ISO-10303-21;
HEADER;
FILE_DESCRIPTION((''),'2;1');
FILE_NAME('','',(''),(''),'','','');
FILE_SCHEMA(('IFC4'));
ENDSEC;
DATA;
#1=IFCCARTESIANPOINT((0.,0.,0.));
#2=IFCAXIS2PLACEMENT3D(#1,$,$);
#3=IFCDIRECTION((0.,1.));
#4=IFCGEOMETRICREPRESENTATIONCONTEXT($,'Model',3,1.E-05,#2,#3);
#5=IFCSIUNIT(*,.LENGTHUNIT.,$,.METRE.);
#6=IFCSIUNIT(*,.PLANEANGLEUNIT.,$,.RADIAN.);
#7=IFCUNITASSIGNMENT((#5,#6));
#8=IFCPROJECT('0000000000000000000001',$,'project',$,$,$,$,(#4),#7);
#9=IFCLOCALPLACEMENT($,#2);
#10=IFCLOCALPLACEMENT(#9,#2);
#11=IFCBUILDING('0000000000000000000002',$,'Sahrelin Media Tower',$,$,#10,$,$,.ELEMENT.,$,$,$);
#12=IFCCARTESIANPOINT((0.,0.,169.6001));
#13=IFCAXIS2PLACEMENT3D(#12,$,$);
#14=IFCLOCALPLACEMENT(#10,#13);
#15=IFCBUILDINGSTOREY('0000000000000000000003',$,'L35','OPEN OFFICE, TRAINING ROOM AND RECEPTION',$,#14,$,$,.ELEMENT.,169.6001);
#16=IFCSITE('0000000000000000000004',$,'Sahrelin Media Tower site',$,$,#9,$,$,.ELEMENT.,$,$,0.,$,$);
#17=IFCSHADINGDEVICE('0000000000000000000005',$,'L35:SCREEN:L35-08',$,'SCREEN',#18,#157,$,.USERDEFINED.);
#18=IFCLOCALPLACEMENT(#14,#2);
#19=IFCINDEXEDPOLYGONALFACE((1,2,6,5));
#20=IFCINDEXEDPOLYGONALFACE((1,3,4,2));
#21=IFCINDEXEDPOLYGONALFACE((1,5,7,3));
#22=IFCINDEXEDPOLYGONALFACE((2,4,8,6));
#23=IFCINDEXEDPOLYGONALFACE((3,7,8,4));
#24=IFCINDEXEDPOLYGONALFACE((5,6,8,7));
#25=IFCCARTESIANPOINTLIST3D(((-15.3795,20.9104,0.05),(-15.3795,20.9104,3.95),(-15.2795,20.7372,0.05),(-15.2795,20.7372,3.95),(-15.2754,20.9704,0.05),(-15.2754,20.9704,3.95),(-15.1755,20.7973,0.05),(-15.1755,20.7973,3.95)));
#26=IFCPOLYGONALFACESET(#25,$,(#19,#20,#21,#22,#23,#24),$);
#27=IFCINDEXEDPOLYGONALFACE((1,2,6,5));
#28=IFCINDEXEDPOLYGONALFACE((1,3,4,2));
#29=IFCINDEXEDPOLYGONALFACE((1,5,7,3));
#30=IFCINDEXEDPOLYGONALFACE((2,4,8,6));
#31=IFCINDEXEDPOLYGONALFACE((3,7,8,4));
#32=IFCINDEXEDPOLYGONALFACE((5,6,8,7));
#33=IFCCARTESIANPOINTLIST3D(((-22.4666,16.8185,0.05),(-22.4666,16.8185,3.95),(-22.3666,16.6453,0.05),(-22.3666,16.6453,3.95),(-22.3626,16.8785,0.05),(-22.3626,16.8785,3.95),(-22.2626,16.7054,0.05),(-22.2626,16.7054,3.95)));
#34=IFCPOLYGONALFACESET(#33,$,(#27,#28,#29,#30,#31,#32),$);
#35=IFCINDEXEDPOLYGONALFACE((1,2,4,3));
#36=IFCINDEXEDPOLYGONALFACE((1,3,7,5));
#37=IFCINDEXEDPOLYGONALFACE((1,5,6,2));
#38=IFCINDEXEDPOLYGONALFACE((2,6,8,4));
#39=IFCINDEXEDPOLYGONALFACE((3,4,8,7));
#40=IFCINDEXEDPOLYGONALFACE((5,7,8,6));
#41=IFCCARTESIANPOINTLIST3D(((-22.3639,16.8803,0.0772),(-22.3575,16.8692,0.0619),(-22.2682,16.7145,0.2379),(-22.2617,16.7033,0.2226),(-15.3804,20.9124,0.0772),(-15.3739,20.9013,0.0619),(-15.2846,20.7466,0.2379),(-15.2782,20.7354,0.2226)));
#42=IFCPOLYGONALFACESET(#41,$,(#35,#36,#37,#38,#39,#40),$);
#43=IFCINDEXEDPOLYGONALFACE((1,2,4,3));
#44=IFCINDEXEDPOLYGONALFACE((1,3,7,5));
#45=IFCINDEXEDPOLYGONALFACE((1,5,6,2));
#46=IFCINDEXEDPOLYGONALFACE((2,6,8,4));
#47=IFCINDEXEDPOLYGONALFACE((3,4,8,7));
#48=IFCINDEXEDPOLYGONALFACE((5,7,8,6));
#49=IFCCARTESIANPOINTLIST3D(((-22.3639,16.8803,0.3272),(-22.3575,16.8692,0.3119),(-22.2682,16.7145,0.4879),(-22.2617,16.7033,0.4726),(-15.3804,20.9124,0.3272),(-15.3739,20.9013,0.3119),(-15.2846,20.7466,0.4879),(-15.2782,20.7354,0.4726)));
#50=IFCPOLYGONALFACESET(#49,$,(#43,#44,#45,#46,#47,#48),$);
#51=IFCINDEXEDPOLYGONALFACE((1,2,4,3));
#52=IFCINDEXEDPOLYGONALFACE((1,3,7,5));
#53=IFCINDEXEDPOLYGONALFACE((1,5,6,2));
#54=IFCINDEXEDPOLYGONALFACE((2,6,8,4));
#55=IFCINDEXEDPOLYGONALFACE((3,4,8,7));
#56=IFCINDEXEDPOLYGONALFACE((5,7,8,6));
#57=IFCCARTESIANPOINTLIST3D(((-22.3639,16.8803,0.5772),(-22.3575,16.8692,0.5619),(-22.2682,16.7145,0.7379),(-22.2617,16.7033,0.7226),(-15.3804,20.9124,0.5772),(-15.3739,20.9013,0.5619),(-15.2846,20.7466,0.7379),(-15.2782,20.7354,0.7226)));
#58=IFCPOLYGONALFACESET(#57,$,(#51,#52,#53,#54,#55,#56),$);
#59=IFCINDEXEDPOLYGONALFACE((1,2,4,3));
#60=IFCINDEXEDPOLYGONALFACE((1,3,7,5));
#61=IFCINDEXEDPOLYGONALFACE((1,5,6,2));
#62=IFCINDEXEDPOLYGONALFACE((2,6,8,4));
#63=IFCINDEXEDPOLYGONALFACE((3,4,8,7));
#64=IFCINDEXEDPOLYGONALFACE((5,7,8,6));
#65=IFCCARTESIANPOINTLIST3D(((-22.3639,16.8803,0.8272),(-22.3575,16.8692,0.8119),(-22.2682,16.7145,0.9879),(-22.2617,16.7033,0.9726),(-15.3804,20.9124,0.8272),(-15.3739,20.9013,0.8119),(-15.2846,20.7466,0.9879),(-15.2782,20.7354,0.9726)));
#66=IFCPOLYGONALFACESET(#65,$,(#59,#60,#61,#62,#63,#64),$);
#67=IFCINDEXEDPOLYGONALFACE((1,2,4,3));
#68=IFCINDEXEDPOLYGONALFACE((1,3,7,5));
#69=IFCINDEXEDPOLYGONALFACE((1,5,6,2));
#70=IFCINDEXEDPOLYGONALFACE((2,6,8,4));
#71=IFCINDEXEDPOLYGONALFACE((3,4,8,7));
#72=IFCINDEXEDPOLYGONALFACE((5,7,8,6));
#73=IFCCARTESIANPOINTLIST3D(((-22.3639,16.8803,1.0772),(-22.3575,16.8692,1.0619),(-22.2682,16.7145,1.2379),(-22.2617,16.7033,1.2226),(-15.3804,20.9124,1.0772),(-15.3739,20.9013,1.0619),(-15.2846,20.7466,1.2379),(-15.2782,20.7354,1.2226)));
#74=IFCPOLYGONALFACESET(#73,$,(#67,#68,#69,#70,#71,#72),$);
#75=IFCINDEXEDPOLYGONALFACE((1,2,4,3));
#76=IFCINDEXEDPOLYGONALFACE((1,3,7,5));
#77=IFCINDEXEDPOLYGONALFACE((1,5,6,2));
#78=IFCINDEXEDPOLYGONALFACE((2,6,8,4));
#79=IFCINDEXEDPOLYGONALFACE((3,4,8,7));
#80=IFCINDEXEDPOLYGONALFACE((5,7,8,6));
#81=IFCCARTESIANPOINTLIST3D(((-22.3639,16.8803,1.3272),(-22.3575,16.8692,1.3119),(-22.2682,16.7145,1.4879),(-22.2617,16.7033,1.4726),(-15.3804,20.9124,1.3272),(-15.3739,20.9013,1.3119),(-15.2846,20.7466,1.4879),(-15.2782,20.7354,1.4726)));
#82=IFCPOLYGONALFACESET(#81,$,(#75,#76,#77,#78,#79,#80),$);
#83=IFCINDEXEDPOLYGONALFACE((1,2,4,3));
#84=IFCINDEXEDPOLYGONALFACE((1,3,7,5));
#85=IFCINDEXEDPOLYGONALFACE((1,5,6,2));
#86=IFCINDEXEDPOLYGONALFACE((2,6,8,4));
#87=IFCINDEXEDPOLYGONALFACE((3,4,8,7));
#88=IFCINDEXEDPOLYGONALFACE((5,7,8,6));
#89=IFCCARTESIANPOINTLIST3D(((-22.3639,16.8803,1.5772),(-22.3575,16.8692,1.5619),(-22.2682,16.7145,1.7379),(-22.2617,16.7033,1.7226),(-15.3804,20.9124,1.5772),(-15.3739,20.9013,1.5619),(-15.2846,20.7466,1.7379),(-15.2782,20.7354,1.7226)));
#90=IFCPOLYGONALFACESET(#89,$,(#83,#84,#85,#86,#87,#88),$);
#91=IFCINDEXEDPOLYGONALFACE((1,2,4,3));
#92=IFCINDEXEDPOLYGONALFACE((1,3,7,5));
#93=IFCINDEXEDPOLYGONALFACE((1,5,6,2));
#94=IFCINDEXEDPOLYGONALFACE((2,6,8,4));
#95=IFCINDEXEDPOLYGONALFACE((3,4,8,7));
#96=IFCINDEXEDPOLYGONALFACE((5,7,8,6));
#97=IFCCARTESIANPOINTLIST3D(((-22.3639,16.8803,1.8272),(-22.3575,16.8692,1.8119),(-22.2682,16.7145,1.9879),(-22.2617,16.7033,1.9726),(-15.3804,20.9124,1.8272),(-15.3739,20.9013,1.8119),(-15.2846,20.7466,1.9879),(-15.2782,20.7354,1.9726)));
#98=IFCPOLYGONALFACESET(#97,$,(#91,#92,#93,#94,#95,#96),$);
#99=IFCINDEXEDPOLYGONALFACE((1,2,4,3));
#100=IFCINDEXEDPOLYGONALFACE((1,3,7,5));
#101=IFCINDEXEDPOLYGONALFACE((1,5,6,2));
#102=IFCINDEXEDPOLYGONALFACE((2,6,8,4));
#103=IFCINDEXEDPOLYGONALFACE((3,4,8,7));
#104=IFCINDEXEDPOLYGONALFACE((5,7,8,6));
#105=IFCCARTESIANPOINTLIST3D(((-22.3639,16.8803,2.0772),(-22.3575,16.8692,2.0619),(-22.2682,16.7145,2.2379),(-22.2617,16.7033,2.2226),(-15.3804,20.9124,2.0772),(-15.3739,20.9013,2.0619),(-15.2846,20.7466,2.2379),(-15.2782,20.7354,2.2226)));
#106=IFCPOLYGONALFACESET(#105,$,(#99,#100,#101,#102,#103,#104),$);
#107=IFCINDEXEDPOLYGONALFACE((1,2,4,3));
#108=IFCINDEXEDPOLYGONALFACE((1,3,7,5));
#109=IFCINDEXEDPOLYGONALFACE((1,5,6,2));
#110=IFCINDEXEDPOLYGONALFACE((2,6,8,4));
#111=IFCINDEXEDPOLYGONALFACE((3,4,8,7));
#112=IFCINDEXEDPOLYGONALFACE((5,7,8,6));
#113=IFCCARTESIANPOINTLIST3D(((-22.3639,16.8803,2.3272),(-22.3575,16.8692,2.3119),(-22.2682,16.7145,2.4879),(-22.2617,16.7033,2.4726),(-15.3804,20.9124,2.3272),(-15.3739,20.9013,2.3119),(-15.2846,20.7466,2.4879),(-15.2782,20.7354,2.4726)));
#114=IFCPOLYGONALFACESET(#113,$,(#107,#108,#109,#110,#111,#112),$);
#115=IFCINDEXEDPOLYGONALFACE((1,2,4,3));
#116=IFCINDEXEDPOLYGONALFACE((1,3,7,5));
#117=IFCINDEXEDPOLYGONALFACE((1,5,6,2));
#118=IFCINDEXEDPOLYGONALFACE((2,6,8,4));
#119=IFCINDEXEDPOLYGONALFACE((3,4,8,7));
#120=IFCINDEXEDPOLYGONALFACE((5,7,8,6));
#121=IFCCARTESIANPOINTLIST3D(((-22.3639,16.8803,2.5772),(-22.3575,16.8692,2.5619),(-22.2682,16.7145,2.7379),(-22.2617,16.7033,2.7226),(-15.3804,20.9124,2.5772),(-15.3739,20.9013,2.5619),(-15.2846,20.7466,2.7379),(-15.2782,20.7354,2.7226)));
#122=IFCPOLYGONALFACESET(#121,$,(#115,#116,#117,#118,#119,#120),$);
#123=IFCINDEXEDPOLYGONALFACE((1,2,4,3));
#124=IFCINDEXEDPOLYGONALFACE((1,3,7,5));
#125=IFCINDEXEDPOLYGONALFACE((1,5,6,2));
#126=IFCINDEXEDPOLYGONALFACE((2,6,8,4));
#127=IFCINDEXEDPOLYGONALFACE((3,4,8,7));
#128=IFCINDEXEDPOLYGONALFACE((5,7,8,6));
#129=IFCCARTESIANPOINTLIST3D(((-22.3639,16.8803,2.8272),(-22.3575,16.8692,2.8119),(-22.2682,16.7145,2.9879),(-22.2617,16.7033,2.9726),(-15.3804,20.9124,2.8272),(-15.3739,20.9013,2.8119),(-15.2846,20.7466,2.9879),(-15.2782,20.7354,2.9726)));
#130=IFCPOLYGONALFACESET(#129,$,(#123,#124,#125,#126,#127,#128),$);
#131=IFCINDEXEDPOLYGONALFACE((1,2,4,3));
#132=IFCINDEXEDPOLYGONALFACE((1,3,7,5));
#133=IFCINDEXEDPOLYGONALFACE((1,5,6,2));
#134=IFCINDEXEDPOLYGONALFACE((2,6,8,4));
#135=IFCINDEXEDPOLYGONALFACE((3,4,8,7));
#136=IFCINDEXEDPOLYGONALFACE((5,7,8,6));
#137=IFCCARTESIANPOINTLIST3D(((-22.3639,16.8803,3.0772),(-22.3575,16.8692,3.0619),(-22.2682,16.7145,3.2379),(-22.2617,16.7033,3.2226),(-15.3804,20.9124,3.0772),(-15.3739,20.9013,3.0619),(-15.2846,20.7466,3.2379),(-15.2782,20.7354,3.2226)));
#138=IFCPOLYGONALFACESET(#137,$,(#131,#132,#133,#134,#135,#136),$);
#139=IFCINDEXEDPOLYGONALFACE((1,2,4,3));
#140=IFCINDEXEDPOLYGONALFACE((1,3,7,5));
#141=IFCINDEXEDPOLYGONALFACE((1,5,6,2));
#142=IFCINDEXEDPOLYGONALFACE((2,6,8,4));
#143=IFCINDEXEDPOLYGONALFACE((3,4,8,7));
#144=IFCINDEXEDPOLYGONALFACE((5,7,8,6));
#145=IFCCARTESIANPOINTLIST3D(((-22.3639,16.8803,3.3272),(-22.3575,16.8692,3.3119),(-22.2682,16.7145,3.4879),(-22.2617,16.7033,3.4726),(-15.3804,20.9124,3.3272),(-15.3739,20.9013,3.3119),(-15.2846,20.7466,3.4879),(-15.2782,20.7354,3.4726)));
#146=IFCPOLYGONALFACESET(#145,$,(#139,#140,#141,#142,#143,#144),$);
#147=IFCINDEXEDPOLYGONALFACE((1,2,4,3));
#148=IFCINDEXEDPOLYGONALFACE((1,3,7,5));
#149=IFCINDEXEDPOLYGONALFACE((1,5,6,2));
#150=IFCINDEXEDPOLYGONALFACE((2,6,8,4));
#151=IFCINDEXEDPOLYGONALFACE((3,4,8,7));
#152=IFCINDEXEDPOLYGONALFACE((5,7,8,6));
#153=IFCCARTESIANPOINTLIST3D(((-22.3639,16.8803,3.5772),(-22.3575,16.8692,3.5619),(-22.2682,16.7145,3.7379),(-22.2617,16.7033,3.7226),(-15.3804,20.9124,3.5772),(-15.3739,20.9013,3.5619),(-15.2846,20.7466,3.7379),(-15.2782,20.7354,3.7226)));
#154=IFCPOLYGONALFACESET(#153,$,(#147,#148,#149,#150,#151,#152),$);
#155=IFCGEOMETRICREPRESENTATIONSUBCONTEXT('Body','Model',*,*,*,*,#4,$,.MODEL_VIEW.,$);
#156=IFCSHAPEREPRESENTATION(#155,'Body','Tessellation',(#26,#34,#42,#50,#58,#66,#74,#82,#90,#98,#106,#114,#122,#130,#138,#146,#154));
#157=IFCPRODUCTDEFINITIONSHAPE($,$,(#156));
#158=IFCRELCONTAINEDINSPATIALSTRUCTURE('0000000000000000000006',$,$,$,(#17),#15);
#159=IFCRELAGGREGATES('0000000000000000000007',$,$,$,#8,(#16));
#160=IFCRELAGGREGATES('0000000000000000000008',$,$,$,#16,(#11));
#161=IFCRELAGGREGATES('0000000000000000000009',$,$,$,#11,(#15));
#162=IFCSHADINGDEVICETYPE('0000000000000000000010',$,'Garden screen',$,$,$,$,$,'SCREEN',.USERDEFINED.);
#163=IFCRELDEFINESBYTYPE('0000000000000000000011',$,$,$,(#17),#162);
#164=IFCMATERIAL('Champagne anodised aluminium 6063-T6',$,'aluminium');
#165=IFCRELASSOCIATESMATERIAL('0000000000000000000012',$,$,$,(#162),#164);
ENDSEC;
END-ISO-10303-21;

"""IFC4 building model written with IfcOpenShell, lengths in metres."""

from ifc_helpers import new_model, si_unit, direction, frame, origin, origin_2d, place, context, subcontext, project, spatial, rectangle, extrude, material, type_object, element, save


model = new_model("IFC4")

# Units and contexts
model_context = context("Model", 3, precision=1e-05, world=origin(), true_north=direction((0.0, 1.0)))
body_context = subcontext(model_context, "Body", "Model", "MODEL_VIEW")
ifc_project = project(units=[si_unit("LENGTHUNIT", "METRE"), si_unit("PLANEANGLEUNIT", "RADIAN")], contexts=[model_context])

# Site, building, storey
site_placement = place(None, origin())
site = spatial("IfcSite", under=ifc_project, at=site_placement, Name="Sahrelin Media Tower site", CompositionType="ELEMENT", RefElevation=0.0)
building_placement = place(site_placement, origin())
building = spatial("IfcBuilding", under=site, at=building_placement, Name="Sahrelin Media Tower", CompositionType="ELEMENT")
storey_placement = place(building_placement, frame((0.0, 0.0, 169.6001)))
storey = spatial("IfcBuildingStorey", under=building, at=storey_placement, Name="L35", Description="OPEN OFFICE, TRAINING ROOM AND RECEPTION", CompositionType="ELEMENT", Elevation=169.6001)

# Shading device
ifc_material_1 = material(Name="Champagne anodised aluminium 6063-T6", Category="aluminium")
shading_device_type = type_object("IfcShadingDeviceType", Name="Garden screen", ElementType="SCREEN", PredefinedType="USERDEFINED", material=ifc_material_1)
shading_device_1_placement = place(storey_placement, frame((-18.771, 18.7212, 0.0), z_axis=(0.0, 0.0, 1.0), x_axis=(0.866019, 0.500011, 0.0)))
element("IfcShadingDevice", 1, at=shading_device_1_placement, inside=storey, type_object=shading_device_type, Name="L35:SCREEN:L35-08", ObjectType="SCREEN", PredefinedType="USERDEFINED", context=body_context, shape_type="SweptSolid", body=[
    extrude(rectangle(XDim=0.1201, YDim=0.2, at=origin_2d()), frame((4.0918, 0.1001, 0.05), z_axis=(0.0, 0.0, 1.0), x_axis=(1.0, 0.0, 0.0)), (0.0, 0.0, 1.0), 3.8999),
    extrude(rectangle(XDim=0.1201, YDim=0.2, at=origin_2d()), frame((-4.0918, 0.1001, 0.05), z_axis=(0.0, 0.0, 1.0), x_axis=(1.0, 0.0, 0.0)), (0.0, 0.0, 1.0), 3.8999),
    extrude(rectangle(XDim=0.25, YDim=0.02, at=origin_2d()), frame((4.032, 0.1001, 0.1499), z_axis=(-1.0, 0.0, 0.0), x_axis=(0.0, -0.766044, 0.642788)), (0.0, 0.0, 1.0), 8.064),
    extrude(rectangle(XDim=0.25, YDim=0.02, at=origin_2d()), frame((4.032, 0.1001, 0.3999), z_axis=(-1.0, 0.0, 0.0), x_axis=(0.0, -0.766044, 0.642788)), (0.0, 0.0, 1.0), 8.064),
    extrude(rectangle(XDim=0.25, YDim=0.02, at=origin_2d()), frame((4.032, 0.1001, 0.6499), z_axis=(-1.0, 0.0, 0.0), x_axis=(0.0, -0.766044, 0.642788)), (0.0, 0.0, 1.0), 8.064),
    extrude(rectangle(XDim=0.25, YDim=0.02, at=origin_2d()), frame((4.032, 0.1001, 0.8999), z_axis=(-1.0, 0.0, 0.0), x_axis=(0.0, -0.766044, 0.642788)), (0.0, 0.0, 1.0), 8.064),
    extrude(rectangle(XDim=0.25, YDim=0.02, at=origin_2d()), frame((4.032, 0.1001, 1.1499), z_axis=(-1.0, 0.0, 0.0), x_axis=(0.0, -0.766044, 0.642788)), (0.0, 0.0, 1.0), 8.064),
    extrude(rectangle(XDim=0.25, YDim=0.02, at=origin_2d()), frame((4.032, 0.1001, 1.3999), z_axis=(-1.0, 0.0, 0.0), x_axis=(0.0, -0.766044, 0.642788)), (0.0, 0.0, 1.0), 8.064),
    extrude(rectangle(XDim=0.25, YDim=0.02, at=origin_2d()), frame((4.032, 0.1001, 1.6499), z_axis=(-1.0, 0.0, 0.0), x_axis=(0.0, -0.766044, 0.642788)), (0.0, 0.0, 1.0), 8.064),
    extrude(rectangle(XDim=0.25, YDim=0.02, at=origin_2d()), frame((4.032, 0.1001, 1.8999), z_axis=(-1.0, 0.0, 0.0), x_axis=(0.0, -0.766044, 0.642788)), (0.0, 0.0, 1.0), 8.064),
    extrude(rectangle(XDim=0.25, YDim=0.02, at=origin_2d()), frame((4.032, 0.1001, 2.1499), z_axis=(-1.0, 0.0, 0.0), x_axis=(0.0, -0.766044, 0.642788)), (0.0, 0.0, 1.0), 8.064),
    extrude(rectangle(XDim=0.25, YDim=0.02, at=origin_2d()), frame((4.032, 0.1001, 2.3999), z_axis=(-1.0, 0.0, 0.0), x_axis=(0.0, -0.766044, 0.642788)), (0.0, 0.0, 1.0), 8.064),
    extrude(rectangle(XDim=0.25, YDim=0.02, at=origin_2d()), frame((4.032, 0.1001, 2.6499), z_axis=(-1.0, 0.0, 0.0), x_axis=(0.0, -0.766044, 0.642788)), (0.0, 0.0, 1.0), 8.064),
    extrude(rectangle(XDim=0.25, YDim=0.02, at=origin_2d()), frame((4.032, 0.1001, 2.8999), z_axis=(-1.0, 0.0, 0.0), x_axis=(0.0, -0.766044, 0.642788)), (0.0, 0.0, 1.0), 8.064),
    extrude(rectangle(XDim=0.25, YDim=0.02, at=origin_2d()), frame((4.032, 0.1001, 3.1499), z_axis=(-1.0, 0.0, 0.0), x_axis=(0.0, -0.766044, 0.642788)), (0.0, 0.0, 1.0), 8.064),
    extrude(rectangle(XDim=0.25, YDim=0.02, at=origin_2d()), frame((4.032, 0.1001, 3.3999), z_axis=(-1.0, 0.0, 0.0), x_axis=(0.0, -0.766044, 0.642788)), (0.0, 0.0, 1.0), 8.064),
    extrude(rectangle(XDim=0.25, YDim=0.02, at=origin_2d()), frame((4.032, 0.1001, 3.6499), z_axis=(-1.0, 0.0, 0.0), x_axis=(0.0, -0.766044, 0.642788)), (0.0, 0.0, 1.0), 8.064),
])

save(model, "model.ifc")
